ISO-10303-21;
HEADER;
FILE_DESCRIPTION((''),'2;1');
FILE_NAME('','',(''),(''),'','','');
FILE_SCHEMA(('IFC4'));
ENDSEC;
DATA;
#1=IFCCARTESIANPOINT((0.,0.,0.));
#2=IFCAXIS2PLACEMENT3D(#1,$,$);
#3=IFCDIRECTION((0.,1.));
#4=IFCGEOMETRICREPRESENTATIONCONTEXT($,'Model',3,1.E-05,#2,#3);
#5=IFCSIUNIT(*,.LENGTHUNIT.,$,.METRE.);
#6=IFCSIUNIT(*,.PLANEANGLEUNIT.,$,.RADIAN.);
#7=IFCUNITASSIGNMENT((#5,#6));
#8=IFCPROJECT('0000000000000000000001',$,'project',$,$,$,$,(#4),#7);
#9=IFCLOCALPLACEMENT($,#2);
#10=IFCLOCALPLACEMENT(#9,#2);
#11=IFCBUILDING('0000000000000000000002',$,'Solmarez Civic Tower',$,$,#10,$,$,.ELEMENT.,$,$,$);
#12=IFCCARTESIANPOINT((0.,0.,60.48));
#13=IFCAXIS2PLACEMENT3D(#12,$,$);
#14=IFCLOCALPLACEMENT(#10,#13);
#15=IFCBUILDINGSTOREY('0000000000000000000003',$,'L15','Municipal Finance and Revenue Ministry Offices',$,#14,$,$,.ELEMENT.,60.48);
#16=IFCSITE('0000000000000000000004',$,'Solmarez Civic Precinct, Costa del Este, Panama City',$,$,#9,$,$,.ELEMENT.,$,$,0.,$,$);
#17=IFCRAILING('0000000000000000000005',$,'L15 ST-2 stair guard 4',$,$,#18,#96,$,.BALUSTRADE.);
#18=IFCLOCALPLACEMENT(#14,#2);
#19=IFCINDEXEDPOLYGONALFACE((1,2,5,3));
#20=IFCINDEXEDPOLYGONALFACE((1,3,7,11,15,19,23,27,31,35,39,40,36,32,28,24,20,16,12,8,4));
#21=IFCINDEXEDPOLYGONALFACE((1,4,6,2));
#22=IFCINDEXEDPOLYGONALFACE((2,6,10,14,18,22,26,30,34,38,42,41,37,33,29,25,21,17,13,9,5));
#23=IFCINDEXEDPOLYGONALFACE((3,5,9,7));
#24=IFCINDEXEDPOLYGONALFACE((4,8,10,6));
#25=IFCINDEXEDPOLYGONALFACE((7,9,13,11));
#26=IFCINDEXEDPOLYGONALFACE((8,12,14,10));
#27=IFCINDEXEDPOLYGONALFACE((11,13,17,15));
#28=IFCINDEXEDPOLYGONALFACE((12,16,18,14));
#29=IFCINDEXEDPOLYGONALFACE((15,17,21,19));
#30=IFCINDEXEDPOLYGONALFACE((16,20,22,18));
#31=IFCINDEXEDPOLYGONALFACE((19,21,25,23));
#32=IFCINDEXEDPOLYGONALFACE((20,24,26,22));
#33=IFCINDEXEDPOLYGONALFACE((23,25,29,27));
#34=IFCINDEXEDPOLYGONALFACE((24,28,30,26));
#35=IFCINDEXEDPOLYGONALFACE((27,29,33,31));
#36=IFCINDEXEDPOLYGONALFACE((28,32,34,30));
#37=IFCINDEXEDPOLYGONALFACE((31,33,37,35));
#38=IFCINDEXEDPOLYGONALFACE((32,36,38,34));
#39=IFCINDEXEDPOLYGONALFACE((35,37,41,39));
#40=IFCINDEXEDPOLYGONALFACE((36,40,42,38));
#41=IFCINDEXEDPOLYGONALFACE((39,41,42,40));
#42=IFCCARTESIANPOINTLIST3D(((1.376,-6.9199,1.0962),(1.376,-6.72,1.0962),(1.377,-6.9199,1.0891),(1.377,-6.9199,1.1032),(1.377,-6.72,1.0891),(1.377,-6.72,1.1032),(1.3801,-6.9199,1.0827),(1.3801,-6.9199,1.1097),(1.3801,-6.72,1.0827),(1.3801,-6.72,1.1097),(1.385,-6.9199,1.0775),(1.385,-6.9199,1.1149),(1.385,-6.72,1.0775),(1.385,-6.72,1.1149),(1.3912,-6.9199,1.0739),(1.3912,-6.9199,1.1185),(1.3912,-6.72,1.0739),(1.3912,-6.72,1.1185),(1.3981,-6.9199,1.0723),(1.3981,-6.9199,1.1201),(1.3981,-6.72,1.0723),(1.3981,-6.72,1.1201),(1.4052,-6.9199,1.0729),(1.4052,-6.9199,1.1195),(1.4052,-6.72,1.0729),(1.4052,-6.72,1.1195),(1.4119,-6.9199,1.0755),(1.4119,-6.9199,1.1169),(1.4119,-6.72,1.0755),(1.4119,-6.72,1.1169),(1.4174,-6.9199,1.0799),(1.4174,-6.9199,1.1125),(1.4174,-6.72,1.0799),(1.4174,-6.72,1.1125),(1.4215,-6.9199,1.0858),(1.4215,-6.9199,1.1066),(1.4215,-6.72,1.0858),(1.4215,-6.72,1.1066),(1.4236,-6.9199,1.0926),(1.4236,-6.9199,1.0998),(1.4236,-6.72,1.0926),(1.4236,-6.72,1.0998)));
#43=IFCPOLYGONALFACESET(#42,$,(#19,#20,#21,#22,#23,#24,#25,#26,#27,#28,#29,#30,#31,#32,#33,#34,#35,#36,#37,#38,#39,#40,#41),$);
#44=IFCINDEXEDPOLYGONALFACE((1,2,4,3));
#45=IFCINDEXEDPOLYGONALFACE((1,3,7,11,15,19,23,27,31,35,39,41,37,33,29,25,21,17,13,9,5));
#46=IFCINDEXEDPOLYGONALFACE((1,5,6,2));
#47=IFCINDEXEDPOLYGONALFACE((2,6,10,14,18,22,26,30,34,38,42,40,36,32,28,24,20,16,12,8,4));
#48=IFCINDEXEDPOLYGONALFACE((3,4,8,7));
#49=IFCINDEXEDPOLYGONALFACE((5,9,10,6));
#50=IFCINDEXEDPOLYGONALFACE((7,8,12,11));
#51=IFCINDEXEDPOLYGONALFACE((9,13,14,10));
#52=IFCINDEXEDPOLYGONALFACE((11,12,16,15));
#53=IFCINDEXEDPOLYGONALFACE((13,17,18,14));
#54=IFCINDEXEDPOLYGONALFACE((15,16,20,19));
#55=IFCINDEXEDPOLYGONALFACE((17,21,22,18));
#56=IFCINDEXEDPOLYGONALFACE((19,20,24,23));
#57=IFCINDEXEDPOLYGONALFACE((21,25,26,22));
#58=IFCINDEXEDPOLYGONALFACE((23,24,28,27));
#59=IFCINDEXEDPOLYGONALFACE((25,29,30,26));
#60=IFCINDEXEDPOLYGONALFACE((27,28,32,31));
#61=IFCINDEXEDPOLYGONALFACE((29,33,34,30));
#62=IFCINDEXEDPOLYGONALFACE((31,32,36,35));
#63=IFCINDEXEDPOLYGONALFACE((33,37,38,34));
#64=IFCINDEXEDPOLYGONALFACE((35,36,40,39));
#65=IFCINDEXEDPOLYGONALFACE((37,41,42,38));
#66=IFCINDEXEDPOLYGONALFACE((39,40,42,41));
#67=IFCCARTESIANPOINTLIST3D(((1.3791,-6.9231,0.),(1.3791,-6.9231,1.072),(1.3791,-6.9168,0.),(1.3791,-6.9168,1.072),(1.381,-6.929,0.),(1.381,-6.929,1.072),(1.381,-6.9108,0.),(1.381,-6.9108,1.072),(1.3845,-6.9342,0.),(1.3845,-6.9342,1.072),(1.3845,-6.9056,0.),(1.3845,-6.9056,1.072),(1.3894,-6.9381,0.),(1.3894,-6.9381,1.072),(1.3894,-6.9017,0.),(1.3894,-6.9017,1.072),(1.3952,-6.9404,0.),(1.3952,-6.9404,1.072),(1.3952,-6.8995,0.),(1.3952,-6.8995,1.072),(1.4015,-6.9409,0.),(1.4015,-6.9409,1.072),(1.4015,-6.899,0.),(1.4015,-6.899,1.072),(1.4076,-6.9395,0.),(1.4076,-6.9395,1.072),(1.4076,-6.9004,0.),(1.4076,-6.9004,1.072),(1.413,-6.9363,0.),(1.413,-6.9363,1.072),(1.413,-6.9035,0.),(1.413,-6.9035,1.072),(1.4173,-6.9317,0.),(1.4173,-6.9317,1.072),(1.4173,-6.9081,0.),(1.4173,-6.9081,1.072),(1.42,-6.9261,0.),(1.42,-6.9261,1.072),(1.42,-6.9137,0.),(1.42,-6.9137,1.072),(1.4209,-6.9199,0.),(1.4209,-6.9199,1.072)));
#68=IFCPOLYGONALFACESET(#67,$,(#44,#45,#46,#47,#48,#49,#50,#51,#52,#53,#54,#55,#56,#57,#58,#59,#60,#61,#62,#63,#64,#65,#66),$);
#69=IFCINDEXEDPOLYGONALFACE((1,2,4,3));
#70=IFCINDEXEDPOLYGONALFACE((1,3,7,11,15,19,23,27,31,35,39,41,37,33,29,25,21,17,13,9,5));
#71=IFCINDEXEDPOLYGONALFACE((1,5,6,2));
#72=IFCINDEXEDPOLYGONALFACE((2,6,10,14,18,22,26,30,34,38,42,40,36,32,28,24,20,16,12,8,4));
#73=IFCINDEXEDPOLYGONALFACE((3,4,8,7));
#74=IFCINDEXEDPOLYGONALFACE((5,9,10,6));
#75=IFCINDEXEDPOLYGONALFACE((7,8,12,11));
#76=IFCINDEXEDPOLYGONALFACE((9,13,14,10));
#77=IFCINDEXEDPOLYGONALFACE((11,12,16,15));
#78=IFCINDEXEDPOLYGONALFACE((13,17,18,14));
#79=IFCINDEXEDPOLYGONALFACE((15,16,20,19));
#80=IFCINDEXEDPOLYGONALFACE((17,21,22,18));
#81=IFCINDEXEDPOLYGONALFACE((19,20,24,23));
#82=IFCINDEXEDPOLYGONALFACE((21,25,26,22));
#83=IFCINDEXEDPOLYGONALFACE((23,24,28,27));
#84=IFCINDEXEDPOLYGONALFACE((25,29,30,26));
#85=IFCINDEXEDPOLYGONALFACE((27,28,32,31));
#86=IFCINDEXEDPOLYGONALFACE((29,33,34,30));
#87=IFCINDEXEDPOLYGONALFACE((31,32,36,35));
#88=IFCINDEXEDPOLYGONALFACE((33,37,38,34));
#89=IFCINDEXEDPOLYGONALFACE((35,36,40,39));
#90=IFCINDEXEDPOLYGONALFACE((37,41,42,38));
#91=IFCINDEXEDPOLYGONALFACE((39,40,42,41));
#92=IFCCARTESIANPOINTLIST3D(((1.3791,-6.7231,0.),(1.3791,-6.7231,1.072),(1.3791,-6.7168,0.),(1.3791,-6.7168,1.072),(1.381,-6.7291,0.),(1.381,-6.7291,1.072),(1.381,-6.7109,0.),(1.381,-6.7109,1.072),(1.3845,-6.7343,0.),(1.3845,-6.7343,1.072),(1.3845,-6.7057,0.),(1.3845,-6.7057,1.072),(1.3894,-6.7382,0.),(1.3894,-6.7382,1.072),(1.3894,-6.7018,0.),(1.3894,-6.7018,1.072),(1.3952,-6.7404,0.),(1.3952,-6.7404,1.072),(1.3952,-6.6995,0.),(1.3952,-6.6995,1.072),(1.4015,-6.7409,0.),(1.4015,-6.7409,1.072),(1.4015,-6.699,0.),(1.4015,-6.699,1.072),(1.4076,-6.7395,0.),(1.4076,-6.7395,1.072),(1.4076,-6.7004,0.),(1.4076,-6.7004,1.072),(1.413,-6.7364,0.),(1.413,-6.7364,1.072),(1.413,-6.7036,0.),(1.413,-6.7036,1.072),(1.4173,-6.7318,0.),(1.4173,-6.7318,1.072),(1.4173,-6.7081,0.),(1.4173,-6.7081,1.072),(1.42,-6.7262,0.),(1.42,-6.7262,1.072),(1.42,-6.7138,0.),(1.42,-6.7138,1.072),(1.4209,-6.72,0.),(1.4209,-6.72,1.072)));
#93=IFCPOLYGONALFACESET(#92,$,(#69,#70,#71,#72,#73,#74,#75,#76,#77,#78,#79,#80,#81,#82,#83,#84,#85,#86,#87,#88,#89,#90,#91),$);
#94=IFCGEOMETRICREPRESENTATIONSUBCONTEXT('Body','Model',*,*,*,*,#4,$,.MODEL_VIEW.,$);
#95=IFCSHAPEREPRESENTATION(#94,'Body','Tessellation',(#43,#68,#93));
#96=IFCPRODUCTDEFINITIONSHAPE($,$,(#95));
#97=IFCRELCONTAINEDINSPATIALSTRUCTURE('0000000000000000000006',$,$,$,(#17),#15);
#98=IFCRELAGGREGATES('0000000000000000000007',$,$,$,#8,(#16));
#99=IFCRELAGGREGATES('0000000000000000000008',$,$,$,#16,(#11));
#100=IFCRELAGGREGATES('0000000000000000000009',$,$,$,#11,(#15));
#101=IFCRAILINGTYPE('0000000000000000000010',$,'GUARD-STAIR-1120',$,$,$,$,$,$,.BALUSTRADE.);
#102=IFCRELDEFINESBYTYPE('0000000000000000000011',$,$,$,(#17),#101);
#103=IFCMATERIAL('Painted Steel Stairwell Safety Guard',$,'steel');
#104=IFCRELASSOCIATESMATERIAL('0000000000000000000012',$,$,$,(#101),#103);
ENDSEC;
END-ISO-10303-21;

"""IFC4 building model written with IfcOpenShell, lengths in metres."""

from ifc_helpers import new_model, si_unit, direction, frame, origin, origin_2d, place, context, subcontext, project, spatial, circle, extrude, material, type_object, element, save


model = new_model("IFC4")

# Units and contexts
model_context = context("Model", 3, precision=1e-05, world=origin(), true_north=direction((0.0, 1.0)))
body_context = subcontext(model_context, "Body", "Model", "MODEL_VIEW")
ifc_project = project(units=[si_unit("LENGTHUNIT", "METRE"), si_unit("PLANEANGLEUNIT", "RADIAN")], contexts=[model_context])

# Site, building, storey
site_placement = place(None, origin())
site = spatial("IfcSite", under=ifc_project, at=site_placement, Name="Solmarez Civic Precinct, Costa del Este, Panama City", CompositionType="ELEMENT", RefElevation=0.0)
building_placement = place(site_placement, origin())
building = spatial("IfcBuilding", under=site, at=building_placement, Name="Solmarez Civic Tower", CompositionType="ELEMENT")
storey_placement = place(building_placement, frame((0.0, 0.0, 60.48)))
storey = spatial("IfcBuildingStorey", under=building, at=storey_placement, Name="L15", Description="Municipal Finance and Revenue Ministry Offices", CompositionType="ELEMENT", Elevation=60.48)

# Railing
ifc_material_1 = material(Name="Painted Steel Stairwell Safety Guard", Category="steel")
railing_type_1 = type_object("IfcRailingType", Name="GUARD-STAIR-1120", PredefinedType="BALUSTRADE", material=ifc_material_1)
railing_1_placement = place(storey_placement, frame((1.3999, -6.9199, 0.0)))
element("IfcRailing", 1, at=railing_1_placement, inside=storey, type_object=railing_type_1, Name="L15 ST-2 stair guard 4", PredefinedType="BALUSTRADE", context=body_context, shape_type="SweptSolid", body=[
    extrude(circle(Radius=0.0239, at=origin_2d()), frame((0.0, 0.0, 1.0962), z_axis=(0.0, 1.0, 0.0), x_axis=(-1.0, 0.0, 0.0)), (0.0, 0.0, 1.0), 0.2),
    extrude(circle(Radius=0.021, at=origin_2d()), origin(), (0.0, 0.0, 1.0), 1.072),
    extrude(circle(Radius=0.021, at=origin_2d()), frame((0.0, 0.2, 0.0)), (0.0, 0.0, 1.0), 1.072),
])

save(model, "model.ifc")
